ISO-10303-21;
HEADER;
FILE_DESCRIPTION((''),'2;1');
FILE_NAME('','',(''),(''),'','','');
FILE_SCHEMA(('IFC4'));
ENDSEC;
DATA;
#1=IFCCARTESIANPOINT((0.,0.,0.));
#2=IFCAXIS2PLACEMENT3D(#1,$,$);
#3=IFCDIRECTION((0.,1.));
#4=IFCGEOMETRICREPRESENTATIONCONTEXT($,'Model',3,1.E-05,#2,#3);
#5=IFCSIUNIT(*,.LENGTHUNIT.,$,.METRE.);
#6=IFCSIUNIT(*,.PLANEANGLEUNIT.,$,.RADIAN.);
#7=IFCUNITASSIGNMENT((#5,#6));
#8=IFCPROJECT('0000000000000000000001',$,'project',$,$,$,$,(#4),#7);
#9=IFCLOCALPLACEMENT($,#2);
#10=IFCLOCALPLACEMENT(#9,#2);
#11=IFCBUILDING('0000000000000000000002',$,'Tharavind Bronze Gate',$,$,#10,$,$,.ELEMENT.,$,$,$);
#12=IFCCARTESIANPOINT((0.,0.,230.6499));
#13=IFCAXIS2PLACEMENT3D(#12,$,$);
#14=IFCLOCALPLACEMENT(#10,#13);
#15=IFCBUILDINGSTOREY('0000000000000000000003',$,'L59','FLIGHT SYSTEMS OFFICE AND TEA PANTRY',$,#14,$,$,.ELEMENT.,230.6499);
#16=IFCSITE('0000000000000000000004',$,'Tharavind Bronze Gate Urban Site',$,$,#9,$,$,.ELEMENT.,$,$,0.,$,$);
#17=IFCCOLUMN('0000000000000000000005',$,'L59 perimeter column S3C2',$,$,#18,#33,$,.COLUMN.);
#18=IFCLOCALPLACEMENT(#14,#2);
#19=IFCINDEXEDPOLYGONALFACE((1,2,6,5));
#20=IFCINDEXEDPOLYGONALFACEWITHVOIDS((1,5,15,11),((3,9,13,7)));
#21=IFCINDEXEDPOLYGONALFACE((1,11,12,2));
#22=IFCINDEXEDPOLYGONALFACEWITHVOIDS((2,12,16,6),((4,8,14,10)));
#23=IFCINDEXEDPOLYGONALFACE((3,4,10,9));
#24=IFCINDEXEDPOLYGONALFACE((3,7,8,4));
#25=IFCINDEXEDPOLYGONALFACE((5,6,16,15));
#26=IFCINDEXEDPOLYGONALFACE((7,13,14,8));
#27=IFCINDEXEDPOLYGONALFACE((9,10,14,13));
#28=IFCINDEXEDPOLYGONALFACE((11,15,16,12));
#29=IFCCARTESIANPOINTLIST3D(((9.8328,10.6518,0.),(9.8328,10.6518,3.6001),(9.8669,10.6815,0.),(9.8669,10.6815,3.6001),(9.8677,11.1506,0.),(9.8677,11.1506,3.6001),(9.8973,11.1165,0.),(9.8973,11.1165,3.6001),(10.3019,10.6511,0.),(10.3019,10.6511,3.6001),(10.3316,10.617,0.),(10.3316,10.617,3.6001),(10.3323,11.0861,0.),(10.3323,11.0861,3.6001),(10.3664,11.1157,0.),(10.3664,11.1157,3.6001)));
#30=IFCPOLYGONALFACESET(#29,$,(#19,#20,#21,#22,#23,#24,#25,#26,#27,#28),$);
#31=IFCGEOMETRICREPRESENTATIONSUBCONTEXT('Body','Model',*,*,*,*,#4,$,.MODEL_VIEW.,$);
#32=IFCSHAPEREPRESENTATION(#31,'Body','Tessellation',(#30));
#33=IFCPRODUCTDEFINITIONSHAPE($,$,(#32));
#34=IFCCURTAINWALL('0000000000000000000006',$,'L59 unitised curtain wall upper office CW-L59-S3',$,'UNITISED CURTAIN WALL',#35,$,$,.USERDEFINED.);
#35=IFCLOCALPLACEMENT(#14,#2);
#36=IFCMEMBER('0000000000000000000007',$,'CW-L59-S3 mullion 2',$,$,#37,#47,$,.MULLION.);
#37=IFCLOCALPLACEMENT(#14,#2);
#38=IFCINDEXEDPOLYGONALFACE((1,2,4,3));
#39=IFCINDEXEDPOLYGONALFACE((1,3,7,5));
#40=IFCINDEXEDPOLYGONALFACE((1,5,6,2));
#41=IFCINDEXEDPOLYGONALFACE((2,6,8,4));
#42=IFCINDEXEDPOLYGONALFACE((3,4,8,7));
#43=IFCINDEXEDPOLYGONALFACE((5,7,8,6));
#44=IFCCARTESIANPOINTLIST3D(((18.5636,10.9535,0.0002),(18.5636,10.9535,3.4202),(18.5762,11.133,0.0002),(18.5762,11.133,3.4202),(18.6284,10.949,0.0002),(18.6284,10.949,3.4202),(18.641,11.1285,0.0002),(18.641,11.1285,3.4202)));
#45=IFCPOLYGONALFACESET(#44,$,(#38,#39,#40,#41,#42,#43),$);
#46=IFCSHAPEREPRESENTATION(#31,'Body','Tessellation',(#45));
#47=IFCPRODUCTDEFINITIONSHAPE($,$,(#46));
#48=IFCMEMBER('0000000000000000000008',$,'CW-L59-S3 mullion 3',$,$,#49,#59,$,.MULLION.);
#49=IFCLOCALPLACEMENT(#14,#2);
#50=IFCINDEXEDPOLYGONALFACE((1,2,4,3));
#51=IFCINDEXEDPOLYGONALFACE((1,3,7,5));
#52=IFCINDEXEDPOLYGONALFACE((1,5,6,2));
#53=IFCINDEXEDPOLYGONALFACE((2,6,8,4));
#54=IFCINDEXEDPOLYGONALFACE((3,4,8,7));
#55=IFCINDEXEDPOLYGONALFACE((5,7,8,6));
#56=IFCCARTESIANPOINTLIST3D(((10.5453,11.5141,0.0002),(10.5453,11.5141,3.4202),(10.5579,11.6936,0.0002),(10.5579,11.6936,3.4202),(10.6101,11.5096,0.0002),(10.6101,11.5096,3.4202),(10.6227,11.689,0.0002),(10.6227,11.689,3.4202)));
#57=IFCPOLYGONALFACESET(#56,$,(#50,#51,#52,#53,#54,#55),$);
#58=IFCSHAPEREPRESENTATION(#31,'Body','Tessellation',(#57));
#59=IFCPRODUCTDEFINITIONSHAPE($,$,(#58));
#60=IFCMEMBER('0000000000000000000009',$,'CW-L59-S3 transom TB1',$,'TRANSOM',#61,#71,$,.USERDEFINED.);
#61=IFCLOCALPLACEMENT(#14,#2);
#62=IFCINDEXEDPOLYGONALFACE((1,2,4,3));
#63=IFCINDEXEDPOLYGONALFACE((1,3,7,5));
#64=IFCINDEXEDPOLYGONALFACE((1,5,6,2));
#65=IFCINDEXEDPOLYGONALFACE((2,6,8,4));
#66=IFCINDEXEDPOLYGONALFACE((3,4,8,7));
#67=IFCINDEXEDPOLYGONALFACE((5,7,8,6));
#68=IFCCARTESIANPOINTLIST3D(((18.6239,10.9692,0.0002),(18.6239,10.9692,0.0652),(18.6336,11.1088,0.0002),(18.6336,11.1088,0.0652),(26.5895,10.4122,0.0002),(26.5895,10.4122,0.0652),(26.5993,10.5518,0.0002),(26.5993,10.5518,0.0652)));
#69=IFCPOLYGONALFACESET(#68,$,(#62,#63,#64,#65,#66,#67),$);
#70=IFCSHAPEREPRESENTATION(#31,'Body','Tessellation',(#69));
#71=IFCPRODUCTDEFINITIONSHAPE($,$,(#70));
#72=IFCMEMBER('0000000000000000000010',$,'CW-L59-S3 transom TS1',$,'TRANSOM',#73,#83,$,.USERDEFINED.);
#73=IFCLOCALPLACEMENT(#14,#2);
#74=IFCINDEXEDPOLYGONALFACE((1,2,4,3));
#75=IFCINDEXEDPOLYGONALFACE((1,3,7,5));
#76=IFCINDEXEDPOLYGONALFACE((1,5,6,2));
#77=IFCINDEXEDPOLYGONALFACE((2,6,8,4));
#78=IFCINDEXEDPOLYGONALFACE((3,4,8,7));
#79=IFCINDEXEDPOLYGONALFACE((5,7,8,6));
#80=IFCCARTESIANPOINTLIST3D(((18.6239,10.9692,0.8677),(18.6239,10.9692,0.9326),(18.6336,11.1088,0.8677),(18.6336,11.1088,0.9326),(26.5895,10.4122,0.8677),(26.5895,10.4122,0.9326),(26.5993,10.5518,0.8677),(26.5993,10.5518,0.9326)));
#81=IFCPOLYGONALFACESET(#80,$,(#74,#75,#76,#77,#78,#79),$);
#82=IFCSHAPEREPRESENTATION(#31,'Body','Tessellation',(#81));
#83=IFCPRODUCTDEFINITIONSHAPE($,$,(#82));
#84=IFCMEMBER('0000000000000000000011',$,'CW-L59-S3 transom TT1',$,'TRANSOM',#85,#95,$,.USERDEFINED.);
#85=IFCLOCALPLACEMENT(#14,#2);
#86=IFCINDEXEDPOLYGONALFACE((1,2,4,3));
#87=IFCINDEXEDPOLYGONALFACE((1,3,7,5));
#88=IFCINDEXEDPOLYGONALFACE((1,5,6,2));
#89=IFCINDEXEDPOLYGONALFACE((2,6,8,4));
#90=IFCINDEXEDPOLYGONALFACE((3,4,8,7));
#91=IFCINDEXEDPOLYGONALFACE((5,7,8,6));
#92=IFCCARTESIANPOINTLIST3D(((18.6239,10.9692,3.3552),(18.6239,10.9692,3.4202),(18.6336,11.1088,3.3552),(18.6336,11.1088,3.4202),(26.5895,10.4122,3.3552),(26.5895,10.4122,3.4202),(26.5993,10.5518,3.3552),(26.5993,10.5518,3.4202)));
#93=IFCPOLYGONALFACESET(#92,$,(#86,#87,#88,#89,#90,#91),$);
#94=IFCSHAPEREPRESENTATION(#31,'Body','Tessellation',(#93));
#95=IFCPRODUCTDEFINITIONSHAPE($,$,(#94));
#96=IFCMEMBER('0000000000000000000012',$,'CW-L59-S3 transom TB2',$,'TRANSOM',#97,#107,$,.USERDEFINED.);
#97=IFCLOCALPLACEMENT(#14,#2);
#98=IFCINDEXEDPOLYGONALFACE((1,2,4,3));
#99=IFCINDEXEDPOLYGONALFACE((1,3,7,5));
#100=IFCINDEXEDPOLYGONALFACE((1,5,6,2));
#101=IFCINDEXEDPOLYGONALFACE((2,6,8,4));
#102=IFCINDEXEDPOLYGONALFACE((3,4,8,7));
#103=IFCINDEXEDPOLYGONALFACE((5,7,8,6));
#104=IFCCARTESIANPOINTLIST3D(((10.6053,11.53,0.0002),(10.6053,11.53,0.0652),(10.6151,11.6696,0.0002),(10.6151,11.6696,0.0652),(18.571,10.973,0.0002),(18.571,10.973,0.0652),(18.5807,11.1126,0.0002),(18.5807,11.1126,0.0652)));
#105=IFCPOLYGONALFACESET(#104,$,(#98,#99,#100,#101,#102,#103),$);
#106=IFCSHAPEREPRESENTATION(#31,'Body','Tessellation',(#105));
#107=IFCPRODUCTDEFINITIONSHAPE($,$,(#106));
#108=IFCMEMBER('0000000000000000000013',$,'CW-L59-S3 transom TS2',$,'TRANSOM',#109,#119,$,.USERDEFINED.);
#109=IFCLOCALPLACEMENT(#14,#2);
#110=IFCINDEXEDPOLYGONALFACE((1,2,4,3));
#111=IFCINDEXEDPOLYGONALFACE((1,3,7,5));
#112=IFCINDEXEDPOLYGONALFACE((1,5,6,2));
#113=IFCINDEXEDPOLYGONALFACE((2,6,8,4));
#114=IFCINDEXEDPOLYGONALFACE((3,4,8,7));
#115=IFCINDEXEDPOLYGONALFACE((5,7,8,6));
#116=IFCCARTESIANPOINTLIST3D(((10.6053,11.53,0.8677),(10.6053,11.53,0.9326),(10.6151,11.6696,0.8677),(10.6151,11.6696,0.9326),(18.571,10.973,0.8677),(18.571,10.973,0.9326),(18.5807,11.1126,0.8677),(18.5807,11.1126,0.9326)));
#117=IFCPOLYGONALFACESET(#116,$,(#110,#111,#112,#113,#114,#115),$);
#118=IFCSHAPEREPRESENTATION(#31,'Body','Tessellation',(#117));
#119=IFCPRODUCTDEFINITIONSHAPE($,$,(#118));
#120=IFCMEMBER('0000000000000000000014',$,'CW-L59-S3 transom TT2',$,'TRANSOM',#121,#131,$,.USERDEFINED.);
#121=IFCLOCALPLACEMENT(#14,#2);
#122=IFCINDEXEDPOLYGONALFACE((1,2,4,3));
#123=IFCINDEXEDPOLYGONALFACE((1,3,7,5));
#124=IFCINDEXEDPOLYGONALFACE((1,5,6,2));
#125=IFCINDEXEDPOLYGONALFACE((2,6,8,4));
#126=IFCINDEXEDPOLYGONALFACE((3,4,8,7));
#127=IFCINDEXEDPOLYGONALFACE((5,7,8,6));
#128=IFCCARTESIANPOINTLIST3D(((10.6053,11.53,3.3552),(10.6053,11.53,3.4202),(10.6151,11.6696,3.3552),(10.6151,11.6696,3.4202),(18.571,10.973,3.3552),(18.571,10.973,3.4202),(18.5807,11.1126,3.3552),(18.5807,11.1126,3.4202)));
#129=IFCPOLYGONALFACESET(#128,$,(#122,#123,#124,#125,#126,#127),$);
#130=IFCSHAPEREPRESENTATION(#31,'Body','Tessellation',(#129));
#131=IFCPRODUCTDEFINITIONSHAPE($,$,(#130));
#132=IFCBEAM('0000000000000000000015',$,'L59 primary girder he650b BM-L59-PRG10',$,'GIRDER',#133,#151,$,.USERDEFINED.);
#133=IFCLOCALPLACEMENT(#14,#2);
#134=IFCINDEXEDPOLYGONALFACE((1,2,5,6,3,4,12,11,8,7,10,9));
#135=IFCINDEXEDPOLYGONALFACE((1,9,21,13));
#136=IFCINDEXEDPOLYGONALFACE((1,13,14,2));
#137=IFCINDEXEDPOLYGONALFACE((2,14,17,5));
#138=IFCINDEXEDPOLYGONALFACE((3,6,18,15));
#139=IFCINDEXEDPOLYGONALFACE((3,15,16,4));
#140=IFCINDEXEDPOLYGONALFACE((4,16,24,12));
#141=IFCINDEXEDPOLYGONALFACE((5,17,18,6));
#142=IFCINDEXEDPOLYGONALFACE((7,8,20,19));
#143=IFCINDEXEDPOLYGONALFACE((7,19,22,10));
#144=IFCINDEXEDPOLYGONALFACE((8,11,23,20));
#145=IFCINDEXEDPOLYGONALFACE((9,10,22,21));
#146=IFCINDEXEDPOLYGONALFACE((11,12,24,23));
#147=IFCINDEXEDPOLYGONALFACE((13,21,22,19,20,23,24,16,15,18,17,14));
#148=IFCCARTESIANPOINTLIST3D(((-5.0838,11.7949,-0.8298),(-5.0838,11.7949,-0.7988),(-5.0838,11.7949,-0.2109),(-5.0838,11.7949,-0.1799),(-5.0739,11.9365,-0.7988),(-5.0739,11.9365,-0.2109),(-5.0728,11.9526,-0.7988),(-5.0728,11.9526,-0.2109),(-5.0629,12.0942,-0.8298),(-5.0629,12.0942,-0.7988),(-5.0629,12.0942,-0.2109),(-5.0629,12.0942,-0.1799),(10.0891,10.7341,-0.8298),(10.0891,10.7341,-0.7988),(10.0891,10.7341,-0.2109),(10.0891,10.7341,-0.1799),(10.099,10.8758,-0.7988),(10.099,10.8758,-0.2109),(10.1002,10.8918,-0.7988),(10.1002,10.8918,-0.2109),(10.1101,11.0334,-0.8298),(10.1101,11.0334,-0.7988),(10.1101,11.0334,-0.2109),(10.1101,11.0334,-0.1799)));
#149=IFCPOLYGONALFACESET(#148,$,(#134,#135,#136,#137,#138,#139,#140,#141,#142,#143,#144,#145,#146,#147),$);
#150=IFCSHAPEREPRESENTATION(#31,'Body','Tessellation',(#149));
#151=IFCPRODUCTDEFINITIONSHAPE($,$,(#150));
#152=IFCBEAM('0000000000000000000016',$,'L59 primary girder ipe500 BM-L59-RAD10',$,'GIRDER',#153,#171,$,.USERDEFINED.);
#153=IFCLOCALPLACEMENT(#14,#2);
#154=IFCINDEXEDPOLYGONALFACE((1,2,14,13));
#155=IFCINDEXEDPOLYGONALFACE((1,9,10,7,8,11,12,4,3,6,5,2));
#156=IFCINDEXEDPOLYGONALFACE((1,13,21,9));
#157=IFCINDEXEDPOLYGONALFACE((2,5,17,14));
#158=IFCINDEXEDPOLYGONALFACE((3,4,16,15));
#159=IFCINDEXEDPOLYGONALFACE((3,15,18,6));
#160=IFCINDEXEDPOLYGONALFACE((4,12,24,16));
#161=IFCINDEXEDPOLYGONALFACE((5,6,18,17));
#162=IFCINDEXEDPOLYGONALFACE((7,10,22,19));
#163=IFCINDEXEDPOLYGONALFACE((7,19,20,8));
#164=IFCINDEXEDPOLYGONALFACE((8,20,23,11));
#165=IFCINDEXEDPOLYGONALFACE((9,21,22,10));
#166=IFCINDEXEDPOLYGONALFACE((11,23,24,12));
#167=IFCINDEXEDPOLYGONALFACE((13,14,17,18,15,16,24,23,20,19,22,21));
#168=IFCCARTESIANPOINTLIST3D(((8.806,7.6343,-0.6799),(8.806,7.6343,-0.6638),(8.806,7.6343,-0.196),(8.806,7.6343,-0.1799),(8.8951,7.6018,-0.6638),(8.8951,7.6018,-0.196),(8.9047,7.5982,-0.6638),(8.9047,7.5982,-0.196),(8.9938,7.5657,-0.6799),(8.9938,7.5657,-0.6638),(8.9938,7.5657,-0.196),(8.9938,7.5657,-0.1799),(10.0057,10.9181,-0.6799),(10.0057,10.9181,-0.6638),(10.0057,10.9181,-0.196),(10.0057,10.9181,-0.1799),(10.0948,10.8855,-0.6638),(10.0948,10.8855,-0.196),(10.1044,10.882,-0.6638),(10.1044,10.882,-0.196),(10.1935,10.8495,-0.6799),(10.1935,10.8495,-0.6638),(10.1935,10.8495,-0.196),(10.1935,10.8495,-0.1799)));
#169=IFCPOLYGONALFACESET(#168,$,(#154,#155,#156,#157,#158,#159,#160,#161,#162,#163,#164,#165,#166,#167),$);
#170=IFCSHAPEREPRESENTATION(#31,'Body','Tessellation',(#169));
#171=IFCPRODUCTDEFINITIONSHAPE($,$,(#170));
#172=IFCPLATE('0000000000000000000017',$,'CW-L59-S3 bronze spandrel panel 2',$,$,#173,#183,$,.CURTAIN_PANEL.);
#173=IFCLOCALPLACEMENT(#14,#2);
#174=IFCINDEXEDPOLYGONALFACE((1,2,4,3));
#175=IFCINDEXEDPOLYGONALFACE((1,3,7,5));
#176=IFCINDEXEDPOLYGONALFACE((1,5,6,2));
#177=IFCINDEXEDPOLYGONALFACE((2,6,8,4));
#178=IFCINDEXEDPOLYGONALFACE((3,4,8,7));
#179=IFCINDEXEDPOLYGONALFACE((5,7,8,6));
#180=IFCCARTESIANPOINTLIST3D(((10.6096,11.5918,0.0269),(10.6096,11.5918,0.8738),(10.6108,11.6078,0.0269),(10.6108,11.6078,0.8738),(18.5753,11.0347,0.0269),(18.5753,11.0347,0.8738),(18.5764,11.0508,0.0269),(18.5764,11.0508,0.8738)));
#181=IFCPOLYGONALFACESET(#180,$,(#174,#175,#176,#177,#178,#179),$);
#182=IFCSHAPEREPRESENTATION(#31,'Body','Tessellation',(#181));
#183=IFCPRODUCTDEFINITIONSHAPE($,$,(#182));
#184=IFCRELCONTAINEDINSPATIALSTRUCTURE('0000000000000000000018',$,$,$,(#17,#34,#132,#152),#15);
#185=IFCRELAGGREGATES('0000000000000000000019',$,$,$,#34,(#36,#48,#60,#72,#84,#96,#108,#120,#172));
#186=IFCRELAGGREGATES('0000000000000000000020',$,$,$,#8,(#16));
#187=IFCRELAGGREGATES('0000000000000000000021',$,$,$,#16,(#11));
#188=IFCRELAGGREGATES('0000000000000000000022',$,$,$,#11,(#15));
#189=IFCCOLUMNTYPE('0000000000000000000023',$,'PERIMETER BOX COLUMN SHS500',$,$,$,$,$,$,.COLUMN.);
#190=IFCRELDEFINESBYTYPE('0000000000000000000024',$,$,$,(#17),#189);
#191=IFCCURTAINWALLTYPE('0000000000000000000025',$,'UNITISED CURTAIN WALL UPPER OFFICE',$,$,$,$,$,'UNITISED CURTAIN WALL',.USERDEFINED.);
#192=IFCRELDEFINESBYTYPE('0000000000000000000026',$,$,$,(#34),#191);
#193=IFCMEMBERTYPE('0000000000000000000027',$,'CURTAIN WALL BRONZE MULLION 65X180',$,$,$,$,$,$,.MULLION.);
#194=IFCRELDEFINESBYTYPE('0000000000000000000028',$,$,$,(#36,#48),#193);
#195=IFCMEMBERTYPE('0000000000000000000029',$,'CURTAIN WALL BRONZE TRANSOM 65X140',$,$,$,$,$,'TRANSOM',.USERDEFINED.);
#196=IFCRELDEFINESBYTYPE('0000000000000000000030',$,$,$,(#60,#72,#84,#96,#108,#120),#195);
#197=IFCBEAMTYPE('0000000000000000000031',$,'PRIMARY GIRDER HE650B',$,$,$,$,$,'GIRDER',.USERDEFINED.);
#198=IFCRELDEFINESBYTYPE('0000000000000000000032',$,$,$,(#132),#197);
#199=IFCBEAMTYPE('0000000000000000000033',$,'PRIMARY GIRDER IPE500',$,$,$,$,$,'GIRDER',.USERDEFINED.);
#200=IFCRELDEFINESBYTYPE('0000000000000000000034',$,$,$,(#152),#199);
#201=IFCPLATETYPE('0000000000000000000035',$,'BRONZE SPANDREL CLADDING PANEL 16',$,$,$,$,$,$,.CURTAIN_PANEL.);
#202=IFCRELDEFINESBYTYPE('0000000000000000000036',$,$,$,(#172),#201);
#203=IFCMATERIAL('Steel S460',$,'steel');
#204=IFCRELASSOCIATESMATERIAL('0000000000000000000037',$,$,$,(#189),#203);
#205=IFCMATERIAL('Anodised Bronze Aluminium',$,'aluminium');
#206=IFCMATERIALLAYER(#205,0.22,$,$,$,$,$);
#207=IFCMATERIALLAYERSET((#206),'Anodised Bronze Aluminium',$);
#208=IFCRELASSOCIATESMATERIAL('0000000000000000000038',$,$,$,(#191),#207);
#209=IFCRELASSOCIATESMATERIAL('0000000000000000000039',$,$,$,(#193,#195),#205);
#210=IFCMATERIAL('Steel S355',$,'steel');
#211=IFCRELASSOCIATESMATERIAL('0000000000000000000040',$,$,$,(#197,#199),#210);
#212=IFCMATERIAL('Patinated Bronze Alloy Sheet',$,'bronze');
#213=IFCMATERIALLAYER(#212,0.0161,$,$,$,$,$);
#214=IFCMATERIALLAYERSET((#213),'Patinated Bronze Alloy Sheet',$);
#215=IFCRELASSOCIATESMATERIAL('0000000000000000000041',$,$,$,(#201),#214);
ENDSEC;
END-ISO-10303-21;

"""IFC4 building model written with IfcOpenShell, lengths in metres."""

from ifc_helpers import new_model, si_unit, direction, frame, origin, origin_2d, place, context, subcontext, project, spatial, rectangle, hollow_rectangle, i_section, extrude, material, layer, layer_set, material_profile, profile_set, type_object, element, aggregate, save


model = new_model("IFC4")

# Units and contexts
model_context = context("Model", 3, precision=1e-05, world=origin(), true_north=direction((0.0, 1.0)))
body_context = subcontext(model_context, "Body", "Model", "MODEL_VIEW")
ifc_project = project(units=[si_unit("LENGTHUNIT", "METRE"), si_unit("PLANEANGLEUNIT", "RADIAN")], contexts=[model_context])

# Site, building, storey
site_placement = place(None, origin())
site = spatial("IfcSite", under=ifc_project, at=site_placement, Name="Tharavind Bronze Gate Urban Site", CompositionType="ELEMENT", RefElevation=0.0)
building_placement = place(site_placement, origin())
building = spatial("IfcBuilding", under=site, at=building_placement, Name="Tharavind Bronze Gate", CompositionType="ELEMENT")
storey_placement = place(building_placement, frame((0.0, 0.0, 230.6499)))
storey = spatial("IfcBuildingStorey", under=building, at=storey_placement, Name="L59", Description="FLIGHT SYSTEMS OFFICE AND TEA PANTRY", CompositionType="ELEMENT", Elevation=230.6499)

# Column
ifc_material_1 = material(Name="Steel S460", Category="steel")
ifc_material_profile_1 = material_profile(ifc_material_1, hollow_rectangle(XDim=0.5, YDim=0.5, WallThickness=0.032, at=origin_2d()), Name="SHS500X32")
ifc_profile_set_1 = profile_set([ifc_material_profile_1], Name="Steel S460")
column_type = type_object("IfcColumnType", Name="PERIMETER BOX COLUMN SHS500", PredefinedType="COLUMN", material=ifc_profile_set_1)
column_placement = place(storey_placement, frame((10.0996, 10.8838, 0.0), z_axis=(0.0, 0.0, 1.0), x_axis=(-0.997564, 0.069756, 0.0)))
element("IfcColumn", 1, at=column_placement, inside=storey, type_object=column_type, Name="L59 perimeter column S3C2", PredefinedType="COLUMN", context=body_context, shape_type="SweptSolid", body=[
    extrude(hollow_rectangle(XDim=0.5, YDim=0.5, WallThickness=0.032, at=origin_2d()), origin(), (0.0, 0.0, 1.0), 3.6001),
])

# Curtain wall, members
ifc_material_2 = material(Name="Anodised Bronze Aluminium", Category="aluminium")
ifc_layer_1 = layer(ifc_material_2, 0.22)
ifc_layer_set_1 = layer_set([ifc_layer_1], Name="Anodised Bronze Aluminium")
curtain_wall_type = type_object("IfcCurtainWallType", Name="UNITISED CURTAIN WALL UPPER OFFICE", ElementType="UNITISED CURTAIN WALL", PredefinedType="USERDEFINED", material=ifc_layer_set_1)
curtain_wall_placement = place(storey_placement, origin())
curtain_wall = element("IfcCurtainWall", 2, at=curtain_wall_placement, inside=storey, type_object=curtain_wall_type, Name="L59 unitised curtain wall upper office CW-L59-S3", ObjectType="UNITISED CURTAIN WALL", PredefinedType="USERDEFINED")
member_type_1 = type_object("IfcMemberType", Name="CURTAIN WALL BRONZE MULLION 65X180", PredefinedType="MULLION", material=ifc_material_2)
member_1_placement = place(storey_placement, frame((18.6023, 11.041, 0.0002), z_axis=(0.0, 0.0, 1.0), x_axis=(-0.997564, 0.069758, 0.0)))
member_1 = element("IfcMember", 3, at=member_1_placement, type_object=member_type_1, Name="CW-L59-S3 mullion 2", PredefinedType="MULLION", context=body_context, shape_type="SweptSolid", body=[
    extrude(rectangle(XDim=0.0649, YDim=0.1799, at=origin_2d()), origin(), (0.0, 0.0, 1.0), 3.4199),
])
member_2_placement = place(storey_placement, frame((10.584, 11.6016, 0.0002), z_axis=(0.0, 0.0, 1.0), x_axis=(-0.997564, 0.069758, 0.0)))
member_2 = element("IfcMember", 4, at=member_2_placement, type_object=member_type_1, Name="CW-L59-S3 mullion 3", PredefinedType="MULLION", context=body_context, shape_type="SweptSolid", body=[
    extrude(rectangle(XDim=0.0649, YDim=0.1799, at=origin_2d()), origin(), (0.0, 0.0, 1.0), 3.4199),
])
member_type_2 = type_object("IfcMemberType", Name="CURTAIN WALL BRONZE TRANSOM 65X140", ElementType="TRANSOM", PredefinedType="USERDEFINED", material=ifc_material_2)
member_3_placement = place(storey_placement, frame((22.6116, 10.7605, 0.0002), z_axis=(0.0, 0.0, 1.0), x_axis=(-0.997564, 0.069758, 0.0)))
member_3 = element("IfcMember", 5, at=member_3_placement, type_object=member_type_2, Name="CW-L59-S3 transom TB1", ObjectType="TRANSOM", PredefinedType="USERDEFINED", context=body_context, shape_type="SweptSolid", body=[
    extrude(rectangle(XDim=7.9851, YDim=0.1399, at=origin_2d()), origin(), (0.0, 0.0, 1.0), 0.0649),
])
member_4_placement = place(storey_placement, frame((22.6116, 10.7605, 0.8677), z_axis=(0.0, 0.0, 1.0), x_axis=(-0.997564, 0.069758, 0.0)))
member_4 = element("IfcMember", 6, at=member_4_placement, type_object=member_type_2, Name="CW-L59-S3 transom TS1", ObjectType="TRANSOM", PredefinedType="USERDEFINED", context=body_context, shape_type="SweptSolid", body=[
    extrude(rectangle(XDim=7.9851, YDim=0.1399, at=origin_2d()), origin(), (0.0, 0.0, 1.0), 0.0649),
])
member_5_placement = place(storey_placement, frame((22.6116, 10.7605, 3.3552), z_axis=(0.0, 0.0, 1.0), x_axis=(-0.997564, 0.069758, 0.0)))
member_5 = element("IfcMember", 7, at=member_5_placement, type_object=member_type_2, Name="CW-L59-S3 transom TT1", ObjectType="TRANSOM", PredefinedType="USERDEFINED", context=body_context, shape_type="SweptSolid", body=[
    extrude(rectangle(XDim=7.9851, YDim=0.1399, at=origin_2d()), origin(), (0.0, 0.0, 1.0), 0.0649),
])
member_6_placement = place(storey_placement, frame((14.593, 11.3213, 0.0002), z_axis=(0.0, 0.0, 1.0), x_axis=(-0.997564, 0.069758, 0.0)))
member_6 = element("IfcMember", 8, at=member_6_placement, type_object=member_type_2, Name="CW-L59-S3 transom TB2", ObjectType="TRANSOM", PredefinedType="USERDEFINED", context=body_context, shape_type="SweptSolid", body=[
    extrude(rectangle(XDim=7.9851, YDim=0.1399, at=origin_2d()), origin(), (0.0, 0.0, 1.0), 0.0649),
])
member_7_placement = place(storey_placement, frame((14.593, 11.3213, 0.8677), z_axis=(0.0, 0.0, 1.0), x_axis=(-0.997564, 0.069758, 0.0)))
member_7 = element("IfcMember", 9, at=member_7_placement, type_object=member_type_2, Name="CW-L59-S3 transom TS2", ObjectType="TRANSOM", PredefinedType="USERDEFINED", context=body_context, shape_type="SweptSolid", body=[
    extrude(rectangle(XDim=7.9851, YDim=0.1399, at=origin_2d()), origin(), (0.0, 0.0, 1.0), 0.0649),
])
member_8_placement = place(storey_placement, frame((14.593, 11.3213, 3.3552), z_axis=(0.0, 0.0, 1.0), x_axis=(-0.997564, 0.069758, 0.0)))
member_8 = element("IfcMember", 10, at=member_8_placement, type_object=member_type_2, Name="CW-L59-S3 transom TT2", ObjectType="TRANSOM", PredefinedType="USERDEFINED", context=body_context, shape_type="SweptSolid", body=[
    extrude(rectangle(XDim=7.9851, YDim=0.1399, at=origin_2d()), origin(), (0.0, 0.0, 1.0), 0.0649),
])

# Beams
ifc_material_3 = material(Name="Steel S355", Category="steel")
ifc_material_profile_2 = material_profile(ifc_material_3, i_section(OverallWidth=0.3, OverallDepth=0.6499, WebThickness=0.0161, FlangeThickness=0.031, at=origin_2d()), Name="HE650B")
ifc_profile_set_2 = profile_set([ifc_material_profile_2], Name="Steel S355")
beam_type_1 = type_object("IfcBeamType", Name="PRIMARY GIRDER HE650B", ElementType="GIRDER", PredefinedType="USERDEFINED", material=ifc_profile_set_2)
beam_1_placement = place(storey_placement, frame((10.0996, 10.8838, -0.5049), z_axis=(-0.997565, 0.069744, 0.0), x_axis=(-0.069744, -0.997565, 0.0)))
element("IfcBeam", 11, at=beam_1_placement, inside=storey, type_object=beam_type_1, Name="L59 primary girder he650b BM-L59-PRG10", ObjectType="GIRDER", PredefinedType="USERDEFINED", context=body_context, shape_type="SweptSolid", body=[
    extrude(i_section(OverallWidth=0.3, OverallDepth=0.6499, WebThickness=0.0161, FlangeThickness=0.031, at=origin_2d()), origin(), (0.0, 0.0, 1.0), 15.21),
])
ifc_material_profile_3 = material_profile(ifc_material_3, i_section(OverallWidth=0.2, OverallDepth=0.5, WebThickness=0.0103, FlangeThickness=0.0161, at=origin_2d()), Name="IPE500")
ifc_profile_set_3 = profile_set([ifc_material_profile_3], Name="Steel S355")
beam_type_2 = type_object("IfcBeamType", Name="PRIMARY GIRDER IPE500", ElementType="GIRDER", PredefinedType="USERDEFINED", material=ifc_profile_set_3)
beam_2_placement = place(storey_placement, frame((10.0996, 10.8838, -0.4299), z_axis=(-0.343167, -0.939274, 0.0), x_axis=(0.939274, -0.343167, 0.0)))
element("IfcBeam", 12, at=beam_2_placement, inside=storey, type_object=beam_type_2, Name="L59 primary girder ipe500 BM-L59-RAD10", ObjectType="GIRDER", PredefinedType="USERDEFINED", context=body_context, shape_type="SweptSolid", body=[
    extrude(i_section(OverallWidth=0.2, OverallDepth=0.5, WebThickness=0.0103, FlangeThickness=0.0161, at=origin_2d()), origin(), (0.0, 0.0, 1.0), 3.4961),
])

# Plate
ifc_material_4 = material(Name="Patinated Bronze Alloy Sheet", Category="bronze")
ifc_layer_2 = layer(ifc_material_4, 0.0161)
ifc_layer_set_2 = layer_set([ifc_layer_2], Name="Patinated Bronze Alloy Sheet")
plate_type_1 = type_object("IfcPlateType", Name="BRONZE SPANDREL CLADDING PANEL 16", PredefinedType="CURTAIN_PANEL", material=ifc_layer_set_2)
plate_1_placement = place(storey_placement, frame((14.593, 11.3213, 0.0269), z_axis=(0.0, 0.0, 1.0), x_axis=(-0.997564, 0.069758, 0.0)))
plate_1 = element("IfcPlate", 13, at=plate_1_placement, type_object=plate_type_1, Name="CW-L59-S3 bronze spandrel panel 2", PredefinedType="CURTAIN_PANEL", context=body_context, shape_type="SweptSolid", body=[
    extrude(rectangle(XDim=7.9851, YDim=0.0161, at=origin_2d()), origin(), (0.0, 0.0, 1.0), 0.8469),
])
aggregate(curtain_wall, [member_1, member_2, member_3, member_4, member_5, member_6, member_7, member_8, plate_1])

save(model, "model.ifc")
